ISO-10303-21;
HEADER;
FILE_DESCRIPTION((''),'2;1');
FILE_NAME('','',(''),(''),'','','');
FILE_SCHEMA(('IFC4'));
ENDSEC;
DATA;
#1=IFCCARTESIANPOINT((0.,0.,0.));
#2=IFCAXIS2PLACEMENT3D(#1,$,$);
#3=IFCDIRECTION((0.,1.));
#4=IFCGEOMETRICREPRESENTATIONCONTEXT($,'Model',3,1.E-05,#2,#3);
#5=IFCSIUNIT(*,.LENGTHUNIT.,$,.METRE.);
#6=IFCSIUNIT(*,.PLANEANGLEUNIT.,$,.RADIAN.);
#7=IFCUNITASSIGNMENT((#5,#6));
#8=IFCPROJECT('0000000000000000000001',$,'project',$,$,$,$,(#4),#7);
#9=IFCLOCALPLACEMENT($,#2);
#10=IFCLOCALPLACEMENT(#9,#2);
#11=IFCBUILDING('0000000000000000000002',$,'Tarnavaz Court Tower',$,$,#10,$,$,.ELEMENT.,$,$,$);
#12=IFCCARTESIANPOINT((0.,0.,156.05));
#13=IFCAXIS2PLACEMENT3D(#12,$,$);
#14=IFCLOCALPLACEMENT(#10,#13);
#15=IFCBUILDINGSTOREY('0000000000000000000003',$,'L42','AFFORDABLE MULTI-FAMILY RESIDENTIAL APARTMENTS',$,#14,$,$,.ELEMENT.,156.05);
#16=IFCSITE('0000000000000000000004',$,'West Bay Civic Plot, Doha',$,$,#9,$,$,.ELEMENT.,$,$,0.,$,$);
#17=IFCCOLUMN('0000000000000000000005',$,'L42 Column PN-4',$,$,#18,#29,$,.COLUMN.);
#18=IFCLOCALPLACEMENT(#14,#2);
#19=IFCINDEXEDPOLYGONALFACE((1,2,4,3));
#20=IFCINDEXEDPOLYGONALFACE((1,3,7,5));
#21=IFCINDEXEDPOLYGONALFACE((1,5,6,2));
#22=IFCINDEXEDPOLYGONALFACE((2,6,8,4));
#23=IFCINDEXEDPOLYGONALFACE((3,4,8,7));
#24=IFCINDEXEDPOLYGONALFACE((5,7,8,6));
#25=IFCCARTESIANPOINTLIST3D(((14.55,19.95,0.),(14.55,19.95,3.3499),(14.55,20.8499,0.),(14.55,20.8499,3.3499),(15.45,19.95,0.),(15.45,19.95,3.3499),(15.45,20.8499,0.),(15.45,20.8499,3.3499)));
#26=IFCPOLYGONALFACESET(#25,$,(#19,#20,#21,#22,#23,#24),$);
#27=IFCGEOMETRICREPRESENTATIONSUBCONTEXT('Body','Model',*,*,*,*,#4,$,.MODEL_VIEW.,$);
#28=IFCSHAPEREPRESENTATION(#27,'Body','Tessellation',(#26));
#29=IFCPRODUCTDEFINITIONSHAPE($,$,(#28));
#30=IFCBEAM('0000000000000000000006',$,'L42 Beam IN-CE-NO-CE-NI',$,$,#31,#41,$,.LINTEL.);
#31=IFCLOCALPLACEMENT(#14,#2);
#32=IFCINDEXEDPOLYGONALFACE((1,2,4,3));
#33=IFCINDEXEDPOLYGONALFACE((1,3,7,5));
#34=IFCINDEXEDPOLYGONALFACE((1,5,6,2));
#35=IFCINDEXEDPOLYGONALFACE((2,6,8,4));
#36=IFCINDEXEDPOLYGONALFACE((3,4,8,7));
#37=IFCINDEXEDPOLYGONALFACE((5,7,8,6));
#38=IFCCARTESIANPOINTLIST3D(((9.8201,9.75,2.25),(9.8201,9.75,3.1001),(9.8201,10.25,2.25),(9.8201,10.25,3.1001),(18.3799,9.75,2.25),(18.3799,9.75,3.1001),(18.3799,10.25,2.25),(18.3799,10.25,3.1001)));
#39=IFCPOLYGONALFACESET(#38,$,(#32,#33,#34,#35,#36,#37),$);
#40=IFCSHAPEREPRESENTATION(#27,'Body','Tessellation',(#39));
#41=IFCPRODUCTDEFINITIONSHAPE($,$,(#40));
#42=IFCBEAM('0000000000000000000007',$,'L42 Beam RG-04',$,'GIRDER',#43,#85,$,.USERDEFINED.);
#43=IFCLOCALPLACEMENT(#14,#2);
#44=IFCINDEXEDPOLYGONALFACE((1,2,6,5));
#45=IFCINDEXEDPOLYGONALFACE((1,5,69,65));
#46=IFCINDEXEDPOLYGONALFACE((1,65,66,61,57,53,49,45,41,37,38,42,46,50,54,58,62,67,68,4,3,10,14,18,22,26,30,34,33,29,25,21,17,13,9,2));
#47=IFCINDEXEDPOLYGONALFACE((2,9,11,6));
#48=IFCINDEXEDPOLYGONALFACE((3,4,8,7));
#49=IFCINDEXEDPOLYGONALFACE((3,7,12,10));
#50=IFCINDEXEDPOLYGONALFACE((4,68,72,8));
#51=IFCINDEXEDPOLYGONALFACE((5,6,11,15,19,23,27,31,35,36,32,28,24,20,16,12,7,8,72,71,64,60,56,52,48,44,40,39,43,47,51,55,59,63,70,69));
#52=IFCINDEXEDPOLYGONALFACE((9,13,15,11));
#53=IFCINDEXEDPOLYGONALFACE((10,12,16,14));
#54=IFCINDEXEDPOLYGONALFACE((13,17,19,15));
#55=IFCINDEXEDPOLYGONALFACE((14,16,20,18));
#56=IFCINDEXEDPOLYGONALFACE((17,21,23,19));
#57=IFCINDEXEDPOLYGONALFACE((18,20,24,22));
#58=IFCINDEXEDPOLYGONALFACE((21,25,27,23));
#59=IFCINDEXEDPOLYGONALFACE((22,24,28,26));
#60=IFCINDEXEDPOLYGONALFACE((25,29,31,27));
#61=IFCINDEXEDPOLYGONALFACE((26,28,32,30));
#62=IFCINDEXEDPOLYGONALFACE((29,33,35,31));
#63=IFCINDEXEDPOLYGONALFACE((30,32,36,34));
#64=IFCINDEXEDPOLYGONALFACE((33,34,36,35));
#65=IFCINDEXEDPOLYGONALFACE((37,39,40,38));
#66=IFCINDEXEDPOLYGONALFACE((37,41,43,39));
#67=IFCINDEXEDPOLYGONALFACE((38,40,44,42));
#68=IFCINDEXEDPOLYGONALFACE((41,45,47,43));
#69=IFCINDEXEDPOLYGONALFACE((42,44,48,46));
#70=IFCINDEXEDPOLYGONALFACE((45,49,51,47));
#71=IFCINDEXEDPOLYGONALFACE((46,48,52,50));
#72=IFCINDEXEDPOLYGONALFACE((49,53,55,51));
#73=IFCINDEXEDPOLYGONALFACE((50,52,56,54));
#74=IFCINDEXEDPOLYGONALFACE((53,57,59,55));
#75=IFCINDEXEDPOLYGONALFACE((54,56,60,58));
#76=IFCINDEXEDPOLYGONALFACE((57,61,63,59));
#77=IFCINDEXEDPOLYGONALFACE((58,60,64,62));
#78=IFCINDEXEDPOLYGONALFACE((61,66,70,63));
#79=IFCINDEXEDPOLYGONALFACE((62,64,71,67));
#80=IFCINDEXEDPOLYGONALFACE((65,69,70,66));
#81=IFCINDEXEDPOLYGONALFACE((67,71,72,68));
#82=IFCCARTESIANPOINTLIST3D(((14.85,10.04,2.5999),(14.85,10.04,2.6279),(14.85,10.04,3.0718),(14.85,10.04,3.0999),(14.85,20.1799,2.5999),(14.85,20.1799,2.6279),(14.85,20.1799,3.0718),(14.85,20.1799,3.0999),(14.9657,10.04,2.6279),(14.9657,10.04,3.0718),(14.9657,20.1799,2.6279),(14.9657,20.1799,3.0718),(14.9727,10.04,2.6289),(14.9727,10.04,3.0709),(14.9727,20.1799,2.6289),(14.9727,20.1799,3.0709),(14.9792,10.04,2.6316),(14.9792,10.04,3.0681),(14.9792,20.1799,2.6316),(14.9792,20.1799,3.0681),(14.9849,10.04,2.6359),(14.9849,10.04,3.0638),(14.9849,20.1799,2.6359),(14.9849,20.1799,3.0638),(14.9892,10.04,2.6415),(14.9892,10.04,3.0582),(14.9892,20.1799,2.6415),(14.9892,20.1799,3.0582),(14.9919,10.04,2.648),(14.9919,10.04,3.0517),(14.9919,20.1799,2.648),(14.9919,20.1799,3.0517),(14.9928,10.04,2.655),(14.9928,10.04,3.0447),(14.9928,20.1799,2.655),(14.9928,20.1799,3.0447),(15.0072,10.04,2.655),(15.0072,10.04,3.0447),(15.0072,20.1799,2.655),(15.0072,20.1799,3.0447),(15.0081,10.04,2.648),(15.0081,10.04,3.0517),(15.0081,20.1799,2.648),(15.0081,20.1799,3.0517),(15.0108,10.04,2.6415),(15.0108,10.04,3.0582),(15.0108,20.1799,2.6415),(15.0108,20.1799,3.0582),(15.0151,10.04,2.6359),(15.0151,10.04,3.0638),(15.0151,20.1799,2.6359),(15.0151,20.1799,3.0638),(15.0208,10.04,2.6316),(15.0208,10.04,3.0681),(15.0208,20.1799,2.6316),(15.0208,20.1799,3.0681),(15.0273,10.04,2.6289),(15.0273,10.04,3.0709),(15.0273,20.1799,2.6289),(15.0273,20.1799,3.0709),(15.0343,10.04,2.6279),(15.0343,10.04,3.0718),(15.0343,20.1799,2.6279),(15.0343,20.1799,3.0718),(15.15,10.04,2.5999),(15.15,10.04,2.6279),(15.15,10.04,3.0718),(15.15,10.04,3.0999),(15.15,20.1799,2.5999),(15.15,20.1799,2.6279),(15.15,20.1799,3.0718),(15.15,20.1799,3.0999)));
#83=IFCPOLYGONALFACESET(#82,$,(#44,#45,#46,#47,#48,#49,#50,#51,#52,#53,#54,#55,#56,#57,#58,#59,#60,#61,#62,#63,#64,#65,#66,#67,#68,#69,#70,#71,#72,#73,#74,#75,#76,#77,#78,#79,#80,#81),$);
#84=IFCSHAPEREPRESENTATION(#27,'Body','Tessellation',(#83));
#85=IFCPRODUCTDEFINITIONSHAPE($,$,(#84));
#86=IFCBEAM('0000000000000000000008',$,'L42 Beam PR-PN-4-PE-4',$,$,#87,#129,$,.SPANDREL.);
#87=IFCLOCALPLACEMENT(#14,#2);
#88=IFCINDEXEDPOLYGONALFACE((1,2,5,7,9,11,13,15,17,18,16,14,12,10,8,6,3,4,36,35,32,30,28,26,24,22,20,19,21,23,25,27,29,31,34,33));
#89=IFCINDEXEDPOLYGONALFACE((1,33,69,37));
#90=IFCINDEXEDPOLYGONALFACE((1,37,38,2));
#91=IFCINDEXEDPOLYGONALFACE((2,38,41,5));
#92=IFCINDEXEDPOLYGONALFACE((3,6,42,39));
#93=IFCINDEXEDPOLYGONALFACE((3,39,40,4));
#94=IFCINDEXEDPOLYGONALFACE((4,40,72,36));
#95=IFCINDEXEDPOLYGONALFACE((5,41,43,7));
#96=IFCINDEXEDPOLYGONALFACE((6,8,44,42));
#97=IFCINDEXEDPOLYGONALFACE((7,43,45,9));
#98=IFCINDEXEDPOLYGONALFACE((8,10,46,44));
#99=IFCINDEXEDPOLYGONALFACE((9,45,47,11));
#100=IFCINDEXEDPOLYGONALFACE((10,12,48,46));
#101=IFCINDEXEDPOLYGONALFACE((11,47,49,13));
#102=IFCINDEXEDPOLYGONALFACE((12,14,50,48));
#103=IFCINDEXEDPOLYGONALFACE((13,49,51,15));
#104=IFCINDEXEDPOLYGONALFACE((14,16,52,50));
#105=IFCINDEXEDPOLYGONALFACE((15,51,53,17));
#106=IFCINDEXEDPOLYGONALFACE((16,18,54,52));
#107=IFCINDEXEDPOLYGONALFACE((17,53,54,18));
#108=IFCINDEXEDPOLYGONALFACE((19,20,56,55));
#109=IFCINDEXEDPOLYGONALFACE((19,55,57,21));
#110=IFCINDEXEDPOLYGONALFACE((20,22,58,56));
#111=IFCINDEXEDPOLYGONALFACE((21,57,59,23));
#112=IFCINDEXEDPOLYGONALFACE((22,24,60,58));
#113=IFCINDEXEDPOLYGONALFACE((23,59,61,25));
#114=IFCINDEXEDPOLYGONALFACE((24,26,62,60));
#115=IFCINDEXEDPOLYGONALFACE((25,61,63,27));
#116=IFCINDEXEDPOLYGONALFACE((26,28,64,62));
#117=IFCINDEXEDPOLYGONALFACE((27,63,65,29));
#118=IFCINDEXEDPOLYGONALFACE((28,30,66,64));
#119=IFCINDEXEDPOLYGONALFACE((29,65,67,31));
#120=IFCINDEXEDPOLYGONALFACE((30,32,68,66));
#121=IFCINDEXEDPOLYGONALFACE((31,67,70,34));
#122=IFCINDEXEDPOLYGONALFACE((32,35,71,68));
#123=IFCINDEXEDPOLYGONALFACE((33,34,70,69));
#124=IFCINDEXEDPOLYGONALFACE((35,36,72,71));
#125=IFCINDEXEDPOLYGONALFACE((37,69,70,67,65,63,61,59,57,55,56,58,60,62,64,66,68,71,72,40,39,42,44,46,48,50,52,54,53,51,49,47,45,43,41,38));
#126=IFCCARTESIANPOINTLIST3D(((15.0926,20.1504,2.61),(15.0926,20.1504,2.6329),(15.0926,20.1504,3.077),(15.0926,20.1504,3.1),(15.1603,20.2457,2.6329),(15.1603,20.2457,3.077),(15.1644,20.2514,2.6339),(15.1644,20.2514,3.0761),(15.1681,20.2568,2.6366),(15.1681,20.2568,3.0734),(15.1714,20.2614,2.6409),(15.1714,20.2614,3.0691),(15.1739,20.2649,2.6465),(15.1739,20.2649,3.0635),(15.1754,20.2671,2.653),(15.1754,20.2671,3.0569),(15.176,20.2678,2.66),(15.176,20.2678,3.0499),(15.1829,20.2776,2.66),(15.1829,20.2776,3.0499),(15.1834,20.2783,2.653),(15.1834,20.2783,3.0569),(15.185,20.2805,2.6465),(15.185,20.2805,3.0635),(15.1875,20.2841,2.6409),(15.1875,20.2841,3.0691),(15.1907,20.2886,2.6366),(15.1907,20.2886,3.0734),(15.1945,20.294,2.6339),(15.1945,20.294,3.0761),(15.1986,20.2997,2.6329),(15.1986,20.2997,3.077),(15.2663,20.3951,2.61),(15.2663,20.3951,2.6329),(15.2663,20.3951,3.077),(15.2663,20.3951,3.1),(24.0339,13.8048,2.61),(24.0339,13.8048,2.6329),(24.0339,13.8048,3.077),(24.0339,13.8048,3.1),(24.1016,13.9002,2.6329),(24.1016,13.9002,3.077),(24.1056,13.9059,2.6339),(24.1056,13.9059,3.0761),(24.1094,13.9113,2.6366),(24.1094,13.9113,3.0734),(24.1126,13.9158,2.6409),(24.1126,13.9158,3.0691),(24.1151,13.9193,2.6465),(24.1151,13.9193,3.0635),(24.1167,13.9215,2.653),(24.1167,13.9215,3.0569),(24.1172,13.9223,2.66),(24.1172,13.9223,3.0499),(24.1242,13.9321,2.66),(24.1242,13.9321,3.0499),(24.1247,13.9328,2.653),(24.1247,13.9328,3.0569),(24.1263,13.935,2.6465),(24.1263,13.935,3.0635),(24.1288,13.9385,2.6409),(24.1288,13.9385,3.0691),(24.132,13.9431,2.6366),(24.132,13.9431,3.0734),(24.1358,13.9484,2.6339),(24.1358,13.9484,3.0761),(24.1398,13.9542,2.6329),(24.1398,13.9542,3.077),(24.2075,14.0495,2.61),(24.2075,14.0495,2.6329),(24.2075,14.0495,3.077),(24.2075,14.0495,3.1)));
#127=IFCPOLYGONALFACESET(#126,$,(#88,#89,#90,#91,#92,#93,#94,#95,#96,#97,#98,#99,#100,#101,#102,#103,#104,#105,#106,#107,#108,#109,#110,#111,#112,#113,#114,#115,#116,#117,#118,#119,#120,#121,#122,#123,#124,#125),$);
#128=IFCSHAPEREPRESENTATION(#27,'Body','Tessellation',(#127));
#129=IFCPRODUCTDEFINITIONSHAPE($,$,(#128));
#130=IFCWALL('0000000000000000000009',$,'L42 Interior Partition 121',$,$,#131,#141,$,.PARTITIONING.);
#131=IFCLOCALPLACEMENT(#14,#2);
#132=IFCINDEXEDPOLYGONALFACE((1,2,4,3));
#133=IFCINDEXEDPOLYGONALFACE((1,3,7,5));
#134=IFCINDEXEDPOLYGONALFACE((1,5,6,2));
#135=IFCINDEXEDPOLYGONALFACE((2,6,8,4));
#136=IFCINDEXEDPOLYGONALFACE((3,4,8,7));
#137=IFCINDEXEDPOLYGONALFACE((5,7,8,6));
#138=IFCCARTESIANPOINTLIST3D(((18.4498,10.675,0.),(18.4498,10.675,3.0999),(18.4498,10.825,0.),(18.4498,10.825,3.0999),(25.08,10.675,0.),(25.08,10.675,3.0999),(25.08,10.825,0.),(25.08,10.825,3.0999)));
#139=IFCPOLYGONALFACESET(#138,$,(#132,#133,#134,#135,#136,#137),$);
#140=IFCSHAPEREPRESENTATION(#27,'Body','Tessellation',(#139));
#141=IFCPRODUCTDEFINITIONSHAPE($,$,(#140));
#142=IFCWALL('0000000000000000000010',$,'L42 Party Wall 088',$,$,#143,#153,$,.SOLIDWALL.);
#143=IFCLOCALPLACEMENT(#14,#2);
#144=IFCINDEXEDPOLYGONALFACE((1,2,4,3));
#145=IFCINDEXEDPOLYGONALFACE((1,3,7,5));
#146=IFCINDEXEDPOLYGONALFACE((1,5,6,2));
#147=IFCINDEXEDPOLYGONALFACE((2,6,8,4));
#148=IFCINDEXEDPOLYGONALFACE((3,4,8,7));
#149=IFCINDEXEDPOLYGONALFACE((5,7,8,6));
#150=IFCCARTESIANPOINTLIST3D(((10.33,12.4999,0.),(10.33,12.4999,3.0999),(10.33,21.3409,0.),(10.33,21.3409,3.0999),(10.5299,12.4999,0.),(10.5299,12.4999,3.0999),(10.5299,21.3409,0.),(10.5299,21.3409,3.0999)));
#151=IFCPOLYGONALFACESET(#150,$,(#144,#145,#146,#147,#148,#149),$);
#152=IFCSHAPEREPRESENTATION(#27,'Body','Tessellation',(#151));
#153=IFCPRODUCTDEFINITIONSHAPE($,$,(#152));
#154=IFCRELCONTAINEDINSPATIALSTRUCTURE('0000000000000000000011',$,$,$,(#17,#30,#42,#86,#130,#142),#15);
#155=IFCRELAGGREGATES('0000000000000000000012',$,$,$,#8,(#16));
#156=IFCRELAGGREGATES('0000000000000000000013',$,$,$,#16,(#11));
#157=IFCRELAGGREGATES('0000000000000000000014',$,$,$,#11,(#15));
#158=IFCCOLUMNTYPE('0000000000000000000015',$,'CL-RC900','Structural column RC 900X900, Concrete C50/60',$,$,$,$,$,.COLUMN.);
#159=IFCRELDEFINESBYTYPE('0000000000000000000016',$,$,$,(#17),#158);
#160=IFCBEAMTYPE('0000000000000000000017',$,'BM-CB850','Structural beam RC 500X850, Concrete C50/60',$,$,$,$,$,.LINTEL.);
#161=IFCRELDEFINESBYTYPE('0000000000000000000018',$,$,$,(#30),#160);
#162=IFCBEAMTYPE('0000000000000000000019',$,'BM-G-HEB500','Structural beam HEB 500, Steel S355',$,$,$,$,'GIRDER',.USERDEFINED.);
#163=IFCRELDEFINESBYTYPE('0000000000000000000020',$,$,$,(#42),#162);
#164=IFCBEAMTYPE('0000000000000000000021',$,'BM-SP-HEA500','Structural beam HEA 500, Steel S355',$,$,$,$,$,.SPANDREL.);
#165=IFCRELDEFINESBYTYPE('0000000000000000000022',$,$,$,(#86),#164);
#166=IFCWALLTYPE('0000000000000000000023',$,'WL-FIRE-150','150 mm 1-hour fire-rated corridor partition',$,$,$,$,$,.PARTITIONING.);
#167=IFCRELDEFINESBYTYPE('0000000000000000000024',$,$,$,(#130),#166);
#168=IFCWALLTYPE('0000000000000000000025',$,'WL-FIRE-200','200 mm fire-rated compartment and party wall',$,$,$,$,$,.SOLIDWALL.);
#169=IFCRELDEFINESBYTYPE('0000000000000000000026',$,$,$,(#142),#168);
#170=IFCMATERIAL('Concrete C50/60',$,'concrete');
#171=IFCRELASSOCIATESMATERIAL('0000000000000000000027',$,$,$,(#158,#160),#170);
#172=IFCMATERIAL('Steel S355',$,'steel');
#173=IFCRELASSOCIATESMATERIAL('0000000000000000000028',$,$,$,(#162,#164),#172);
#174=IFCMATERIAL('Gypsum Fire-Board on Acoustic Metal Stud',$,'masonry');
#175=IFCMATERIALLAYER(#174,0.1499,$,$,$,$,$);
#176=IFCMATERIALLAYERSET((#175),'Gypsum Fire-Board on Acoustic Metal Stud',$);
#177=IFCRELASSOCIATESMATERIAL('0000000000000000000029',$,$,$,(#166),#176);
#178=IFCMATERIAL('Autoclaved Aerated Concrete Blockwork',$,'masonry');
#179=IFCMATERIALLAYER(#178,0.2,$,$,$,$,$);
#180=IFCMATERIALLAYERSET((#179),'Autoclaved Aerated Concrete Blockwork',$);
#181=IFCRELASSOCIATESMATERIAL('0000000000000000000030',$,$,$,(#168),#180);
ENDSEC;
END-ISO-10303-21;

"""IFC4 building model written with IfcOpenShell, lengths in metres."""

from ifc_helpers import new_model, si_unit, direction, frame, frame_2d, origin, origin_2d, place, context, subcontext, project, spatial, rectangle, i_section, extrude, material, layer, layer_set, material_profile, profile_set, type_object, element, save


model = new_model("IFC4")

# Units and contexts
model_context = context("Model", 3, precision=1e-05, world=origin(), true_north=direction((0.0, 1.0)))
body_context = subcontext(model_context, "Body", "Model", "MODEL_VIEW")
ifc_project = project(units=[si_unit("LENGTHUNIT", "METRE"), si_unit("PLANEANGLEUNIT", "RADIAN")], contexts=[model_context])

# Site, building, storey
site_placement = place(None, origin())
site = spatial("IfcSite", under=ifc_project, at=site_placement, Name="West Bay Civic Plot, Doha", CompositionType="ELEMENT", RefElevation=0.0)
building_placement = place(site_placement, origin())
building = spatial("IfcBuilding", under=site, at=building_placement, Name="Tarnavaz Court Tower", CompositionType="ELEMENT")
storey_placement = place(building_placement, frame((0.0, 0.0, 156.05)))
storey = spatial("IfcBuildingStorey", under=building, at=storey_placement, Name="L42", Description="AFFORDABLE MULTI-FAMILY RESIDENTIAL APARTMENTS", CompositionType="ELEMENT", Elevation=156.05)

# Column
ifc_material_1 = material(Name="Concrete C50/60", Category="concrete")
ifc_material_profile_1 = material_profile(ifc_material_1, rectangle(XDim=0.8999, YDim=0.8999, at=origin_2d()), Name="RC 900X900")
ifc_profile_set_1 = profile_set([ifc_material_profile_1], Name="Concrete C50/60")
column_type = type_object("IfcColumnType", Name="CL-RC900", Description="Structural column RC 900X900, Concrete C50/60", PredefinedType="COLUMN", material=ifc_profile_set_1)
column_placement = place(storey_placement, frame((15.0, 20.3999, 0.0), z_axis=(0.0, 0.0, 1.0), x_axis=(1.0, 0.0, 0.0)))
element("IfcColumn", 1, at=column_placement, inside=storey, type_object=column_type, Name="L42 Column PN-4", PredefinedType="COLUMN", context=body_context, shape_type="SweptSolid", body=[
    extrude(rectangle(XDim=0.8999, YDim=0.8999, at=origin_2d()), origin(), (0.0, 0.0, 1.0), 3.3499),
])

# Beams
ifc_material_profile_2 = material_profile(ifc_material_1, rectangle(XDim=0.5, YDim=0.8501, at=origin_2d()), Name="RC 500X850")
ifc_profile_set_2 = profile_set([ifc_material_profile_2], Name="Concrete C50/60")
beam_type_1 = type_object("IfcBeamType", Name="BM-CB850", Description="Structural beam RC 500X850, Concrete C50/60", PredefinedType="LINTEL", material=ifc_profile_set_2)
beam_1_placement = place(storey_placement, frame((18.3799, 10.0, 2.675), z_axis=(-1.0, 0.0, 0.0), x_axis=(0.0, -1.0, 0.0)))
element("IfcBeam", 2, at=beam_1_placement, inside=storey, type_object=beam_type_1, Name="L42 Beam IN-CE-NO-CE-NI", PredefinedType="LINTEL", context=body_context, shape_type="SweptSolid", body=[
    extrude(rectangle(XDim=0.5, YDim=0.8501, at=origin_2d()), origin(), (0.0, 0.0, 1.0), 8.5598),
])
ifc_material_2 = material(Name="Steel S355", Category="steel")
ifc_material_profile_3 = material_profile(ifc_material_2, i_section(OverallWidth=0.3, OverallDepth=0.5, WebThickness=0.0144, FlangeThickness=0.0281, FilletRadius=0.0271, at=origin_2d()), Name="HEB 500")
ifc_profile_set_3 = profile_set([ifc_material_profile_3], Name="Steel S355")
beam_type_2 = type_object("IfcBeamType", Name="BM-G-HEB500", Description="Structural beam HEB 500, Steel S355", ElementType="GIRDER", PredefinedType="USERDEFINED", material=ifc_profile_set_3)
beam_2_placement = place(storey_placement, frame((15.0, 10.04, 2.8499), z_axis=(0.0, 1.0, 0.0), x_axis=(-1.0, 0.0, 0.0)))
element("IfcBeam", 3, at=beam_2_placement, inside=storey, type_object=beam_type_2, Name="L42 Beam RG-04", ObjectType="GIRDER", PredefinedType="USERDEFINED", context=body_context, shape_type="SweptSolid", body=[
    extrude(i_section(OverallWidth=0.3, OverallDepth=0.5, WebThickness=0.0144, FlangeThickness=0.0281, FilletRadius=0.0271, at=origin_2d()), origin(), (0.0, 0.0, 1.0), 10.1399),
])
ifc_material_profile_4 = material_profile(ifc_material_2, i_section(OverallWidth=0.3, OverallDepth=0.49, WebThickness=0.012, FlangeThickness=0.0229, FilletRadius=0.0271, at=origin_2d()), Name="HEA 500")
ifc_profile_set_4 = profile_set([ifc_material_profile_4], Name="Steel S355")
beam_type_3 = type_object("IfcBeamType", Name="BM-SP-HEA500", Description="Structural beam HEA 500, Steel S355", PredefinedType="SPANDREL", material=ifc_profile_set_4)
beam_3_placement = place(storey_placement, frame((15.1794, 20.2727, 2.855), z_axis=(0.815502, -0.578754, 0.0), x_axis=(0.578754, 0.815502, 0.0)))
element("IfcBeam", 4, at=beam_3_placement, inside=storey, type_object=beam_type_3, Name="L42 Beam PR-PN-4-PE-4", PredefinedType="SPANDREL", context=body_context, shape_type="SweptSolid", body=[
    extrude(i_section(OverallWidth=0.3, OverallDepth=0.49, WebThickness=0.012, FlangeThickness=0.0229, FilletRadius=0.0271, at=origin_2d()), origin(), (0.0, 0.0, 1.0), 10.9641),
])

# Walls
ifc_material_3 = material(Name="Gypsum Fire-Board on Acoustic Metal Stud", Category="masonry")
ifc_layer_1 = layer(ifc_material_3, 0.1499)
ifc_layer_set_1 = layer_set([ifc_layer_1], Name="Gypsum Fire-Board on Acoustic Metal Stud")
wall_type_1 = type_object("IfcWallType", Name="WL-FIRE-150", Description="150 mm 1-hour fire-rated corridor partition", PredefinedType="PARTITIONING", material=ifc_layer_set_1)
wall_1_placement = place(storey_placement, frame((18.45, 10.75, 0.0), z_axis=(0.0, 0.0, 1.0), x_axis=(1.0, 0.0, 0.0)))
element("IfcWall", 5, at=wall_1_placement, inside=storey, type_object=wall_type_1, Name="L42 Interior Partition 121", PredefinedType="PARTITIONING", context=body_context, shape_type="SweptSolid", body=[
    extrude(rectangle(XDim=6.6301, YDim=0.1499, at=frame_2d((3.3149, 0.0))), origin(), (0.0, 0.0, 1.0), 3.0999),
])
ifc_material_4 = material(Name="Autoclaved Aerated Concrete Blockwork", Category="masonry")
ifc_layer_2 = layer(ifc_material_4, 0.2)
ifc_layer_set_2 = layer_set([ifc_layer_2], Name="Autoclaved Aerated Concrete Blockwork")
wall_type_2 = type_object("IfcWallType", Name="WL-FIRE-200", Description="200 mm fire-rated compartment and party wall", PredefinedType="SOLIDWALL", material=ifc_layer_set_2)
wall_2_placement = place(storey_placement, frame((10.4299, 12.5, 0.0), z_axis=(0.0, 0.0, 1.0), x_axis=(0.0, 1.0, 0.0)))
element("IfcWall", 6, at=wall_2_placement, inside=storey, type_object=wall_type_2, Name="L42 Party Wall 088", PredefinedType="SOLIDWALL", context=body_context, shape_type="SweptSolid", body=[
    extrude(rectangle(XDim=8.8411, YDim=0.2, at=frame_2d((4.4204, 0.0))), origin(), (0.0, 0.0, 1.0), 3.0999),
])

save(model, "model.ifc")
